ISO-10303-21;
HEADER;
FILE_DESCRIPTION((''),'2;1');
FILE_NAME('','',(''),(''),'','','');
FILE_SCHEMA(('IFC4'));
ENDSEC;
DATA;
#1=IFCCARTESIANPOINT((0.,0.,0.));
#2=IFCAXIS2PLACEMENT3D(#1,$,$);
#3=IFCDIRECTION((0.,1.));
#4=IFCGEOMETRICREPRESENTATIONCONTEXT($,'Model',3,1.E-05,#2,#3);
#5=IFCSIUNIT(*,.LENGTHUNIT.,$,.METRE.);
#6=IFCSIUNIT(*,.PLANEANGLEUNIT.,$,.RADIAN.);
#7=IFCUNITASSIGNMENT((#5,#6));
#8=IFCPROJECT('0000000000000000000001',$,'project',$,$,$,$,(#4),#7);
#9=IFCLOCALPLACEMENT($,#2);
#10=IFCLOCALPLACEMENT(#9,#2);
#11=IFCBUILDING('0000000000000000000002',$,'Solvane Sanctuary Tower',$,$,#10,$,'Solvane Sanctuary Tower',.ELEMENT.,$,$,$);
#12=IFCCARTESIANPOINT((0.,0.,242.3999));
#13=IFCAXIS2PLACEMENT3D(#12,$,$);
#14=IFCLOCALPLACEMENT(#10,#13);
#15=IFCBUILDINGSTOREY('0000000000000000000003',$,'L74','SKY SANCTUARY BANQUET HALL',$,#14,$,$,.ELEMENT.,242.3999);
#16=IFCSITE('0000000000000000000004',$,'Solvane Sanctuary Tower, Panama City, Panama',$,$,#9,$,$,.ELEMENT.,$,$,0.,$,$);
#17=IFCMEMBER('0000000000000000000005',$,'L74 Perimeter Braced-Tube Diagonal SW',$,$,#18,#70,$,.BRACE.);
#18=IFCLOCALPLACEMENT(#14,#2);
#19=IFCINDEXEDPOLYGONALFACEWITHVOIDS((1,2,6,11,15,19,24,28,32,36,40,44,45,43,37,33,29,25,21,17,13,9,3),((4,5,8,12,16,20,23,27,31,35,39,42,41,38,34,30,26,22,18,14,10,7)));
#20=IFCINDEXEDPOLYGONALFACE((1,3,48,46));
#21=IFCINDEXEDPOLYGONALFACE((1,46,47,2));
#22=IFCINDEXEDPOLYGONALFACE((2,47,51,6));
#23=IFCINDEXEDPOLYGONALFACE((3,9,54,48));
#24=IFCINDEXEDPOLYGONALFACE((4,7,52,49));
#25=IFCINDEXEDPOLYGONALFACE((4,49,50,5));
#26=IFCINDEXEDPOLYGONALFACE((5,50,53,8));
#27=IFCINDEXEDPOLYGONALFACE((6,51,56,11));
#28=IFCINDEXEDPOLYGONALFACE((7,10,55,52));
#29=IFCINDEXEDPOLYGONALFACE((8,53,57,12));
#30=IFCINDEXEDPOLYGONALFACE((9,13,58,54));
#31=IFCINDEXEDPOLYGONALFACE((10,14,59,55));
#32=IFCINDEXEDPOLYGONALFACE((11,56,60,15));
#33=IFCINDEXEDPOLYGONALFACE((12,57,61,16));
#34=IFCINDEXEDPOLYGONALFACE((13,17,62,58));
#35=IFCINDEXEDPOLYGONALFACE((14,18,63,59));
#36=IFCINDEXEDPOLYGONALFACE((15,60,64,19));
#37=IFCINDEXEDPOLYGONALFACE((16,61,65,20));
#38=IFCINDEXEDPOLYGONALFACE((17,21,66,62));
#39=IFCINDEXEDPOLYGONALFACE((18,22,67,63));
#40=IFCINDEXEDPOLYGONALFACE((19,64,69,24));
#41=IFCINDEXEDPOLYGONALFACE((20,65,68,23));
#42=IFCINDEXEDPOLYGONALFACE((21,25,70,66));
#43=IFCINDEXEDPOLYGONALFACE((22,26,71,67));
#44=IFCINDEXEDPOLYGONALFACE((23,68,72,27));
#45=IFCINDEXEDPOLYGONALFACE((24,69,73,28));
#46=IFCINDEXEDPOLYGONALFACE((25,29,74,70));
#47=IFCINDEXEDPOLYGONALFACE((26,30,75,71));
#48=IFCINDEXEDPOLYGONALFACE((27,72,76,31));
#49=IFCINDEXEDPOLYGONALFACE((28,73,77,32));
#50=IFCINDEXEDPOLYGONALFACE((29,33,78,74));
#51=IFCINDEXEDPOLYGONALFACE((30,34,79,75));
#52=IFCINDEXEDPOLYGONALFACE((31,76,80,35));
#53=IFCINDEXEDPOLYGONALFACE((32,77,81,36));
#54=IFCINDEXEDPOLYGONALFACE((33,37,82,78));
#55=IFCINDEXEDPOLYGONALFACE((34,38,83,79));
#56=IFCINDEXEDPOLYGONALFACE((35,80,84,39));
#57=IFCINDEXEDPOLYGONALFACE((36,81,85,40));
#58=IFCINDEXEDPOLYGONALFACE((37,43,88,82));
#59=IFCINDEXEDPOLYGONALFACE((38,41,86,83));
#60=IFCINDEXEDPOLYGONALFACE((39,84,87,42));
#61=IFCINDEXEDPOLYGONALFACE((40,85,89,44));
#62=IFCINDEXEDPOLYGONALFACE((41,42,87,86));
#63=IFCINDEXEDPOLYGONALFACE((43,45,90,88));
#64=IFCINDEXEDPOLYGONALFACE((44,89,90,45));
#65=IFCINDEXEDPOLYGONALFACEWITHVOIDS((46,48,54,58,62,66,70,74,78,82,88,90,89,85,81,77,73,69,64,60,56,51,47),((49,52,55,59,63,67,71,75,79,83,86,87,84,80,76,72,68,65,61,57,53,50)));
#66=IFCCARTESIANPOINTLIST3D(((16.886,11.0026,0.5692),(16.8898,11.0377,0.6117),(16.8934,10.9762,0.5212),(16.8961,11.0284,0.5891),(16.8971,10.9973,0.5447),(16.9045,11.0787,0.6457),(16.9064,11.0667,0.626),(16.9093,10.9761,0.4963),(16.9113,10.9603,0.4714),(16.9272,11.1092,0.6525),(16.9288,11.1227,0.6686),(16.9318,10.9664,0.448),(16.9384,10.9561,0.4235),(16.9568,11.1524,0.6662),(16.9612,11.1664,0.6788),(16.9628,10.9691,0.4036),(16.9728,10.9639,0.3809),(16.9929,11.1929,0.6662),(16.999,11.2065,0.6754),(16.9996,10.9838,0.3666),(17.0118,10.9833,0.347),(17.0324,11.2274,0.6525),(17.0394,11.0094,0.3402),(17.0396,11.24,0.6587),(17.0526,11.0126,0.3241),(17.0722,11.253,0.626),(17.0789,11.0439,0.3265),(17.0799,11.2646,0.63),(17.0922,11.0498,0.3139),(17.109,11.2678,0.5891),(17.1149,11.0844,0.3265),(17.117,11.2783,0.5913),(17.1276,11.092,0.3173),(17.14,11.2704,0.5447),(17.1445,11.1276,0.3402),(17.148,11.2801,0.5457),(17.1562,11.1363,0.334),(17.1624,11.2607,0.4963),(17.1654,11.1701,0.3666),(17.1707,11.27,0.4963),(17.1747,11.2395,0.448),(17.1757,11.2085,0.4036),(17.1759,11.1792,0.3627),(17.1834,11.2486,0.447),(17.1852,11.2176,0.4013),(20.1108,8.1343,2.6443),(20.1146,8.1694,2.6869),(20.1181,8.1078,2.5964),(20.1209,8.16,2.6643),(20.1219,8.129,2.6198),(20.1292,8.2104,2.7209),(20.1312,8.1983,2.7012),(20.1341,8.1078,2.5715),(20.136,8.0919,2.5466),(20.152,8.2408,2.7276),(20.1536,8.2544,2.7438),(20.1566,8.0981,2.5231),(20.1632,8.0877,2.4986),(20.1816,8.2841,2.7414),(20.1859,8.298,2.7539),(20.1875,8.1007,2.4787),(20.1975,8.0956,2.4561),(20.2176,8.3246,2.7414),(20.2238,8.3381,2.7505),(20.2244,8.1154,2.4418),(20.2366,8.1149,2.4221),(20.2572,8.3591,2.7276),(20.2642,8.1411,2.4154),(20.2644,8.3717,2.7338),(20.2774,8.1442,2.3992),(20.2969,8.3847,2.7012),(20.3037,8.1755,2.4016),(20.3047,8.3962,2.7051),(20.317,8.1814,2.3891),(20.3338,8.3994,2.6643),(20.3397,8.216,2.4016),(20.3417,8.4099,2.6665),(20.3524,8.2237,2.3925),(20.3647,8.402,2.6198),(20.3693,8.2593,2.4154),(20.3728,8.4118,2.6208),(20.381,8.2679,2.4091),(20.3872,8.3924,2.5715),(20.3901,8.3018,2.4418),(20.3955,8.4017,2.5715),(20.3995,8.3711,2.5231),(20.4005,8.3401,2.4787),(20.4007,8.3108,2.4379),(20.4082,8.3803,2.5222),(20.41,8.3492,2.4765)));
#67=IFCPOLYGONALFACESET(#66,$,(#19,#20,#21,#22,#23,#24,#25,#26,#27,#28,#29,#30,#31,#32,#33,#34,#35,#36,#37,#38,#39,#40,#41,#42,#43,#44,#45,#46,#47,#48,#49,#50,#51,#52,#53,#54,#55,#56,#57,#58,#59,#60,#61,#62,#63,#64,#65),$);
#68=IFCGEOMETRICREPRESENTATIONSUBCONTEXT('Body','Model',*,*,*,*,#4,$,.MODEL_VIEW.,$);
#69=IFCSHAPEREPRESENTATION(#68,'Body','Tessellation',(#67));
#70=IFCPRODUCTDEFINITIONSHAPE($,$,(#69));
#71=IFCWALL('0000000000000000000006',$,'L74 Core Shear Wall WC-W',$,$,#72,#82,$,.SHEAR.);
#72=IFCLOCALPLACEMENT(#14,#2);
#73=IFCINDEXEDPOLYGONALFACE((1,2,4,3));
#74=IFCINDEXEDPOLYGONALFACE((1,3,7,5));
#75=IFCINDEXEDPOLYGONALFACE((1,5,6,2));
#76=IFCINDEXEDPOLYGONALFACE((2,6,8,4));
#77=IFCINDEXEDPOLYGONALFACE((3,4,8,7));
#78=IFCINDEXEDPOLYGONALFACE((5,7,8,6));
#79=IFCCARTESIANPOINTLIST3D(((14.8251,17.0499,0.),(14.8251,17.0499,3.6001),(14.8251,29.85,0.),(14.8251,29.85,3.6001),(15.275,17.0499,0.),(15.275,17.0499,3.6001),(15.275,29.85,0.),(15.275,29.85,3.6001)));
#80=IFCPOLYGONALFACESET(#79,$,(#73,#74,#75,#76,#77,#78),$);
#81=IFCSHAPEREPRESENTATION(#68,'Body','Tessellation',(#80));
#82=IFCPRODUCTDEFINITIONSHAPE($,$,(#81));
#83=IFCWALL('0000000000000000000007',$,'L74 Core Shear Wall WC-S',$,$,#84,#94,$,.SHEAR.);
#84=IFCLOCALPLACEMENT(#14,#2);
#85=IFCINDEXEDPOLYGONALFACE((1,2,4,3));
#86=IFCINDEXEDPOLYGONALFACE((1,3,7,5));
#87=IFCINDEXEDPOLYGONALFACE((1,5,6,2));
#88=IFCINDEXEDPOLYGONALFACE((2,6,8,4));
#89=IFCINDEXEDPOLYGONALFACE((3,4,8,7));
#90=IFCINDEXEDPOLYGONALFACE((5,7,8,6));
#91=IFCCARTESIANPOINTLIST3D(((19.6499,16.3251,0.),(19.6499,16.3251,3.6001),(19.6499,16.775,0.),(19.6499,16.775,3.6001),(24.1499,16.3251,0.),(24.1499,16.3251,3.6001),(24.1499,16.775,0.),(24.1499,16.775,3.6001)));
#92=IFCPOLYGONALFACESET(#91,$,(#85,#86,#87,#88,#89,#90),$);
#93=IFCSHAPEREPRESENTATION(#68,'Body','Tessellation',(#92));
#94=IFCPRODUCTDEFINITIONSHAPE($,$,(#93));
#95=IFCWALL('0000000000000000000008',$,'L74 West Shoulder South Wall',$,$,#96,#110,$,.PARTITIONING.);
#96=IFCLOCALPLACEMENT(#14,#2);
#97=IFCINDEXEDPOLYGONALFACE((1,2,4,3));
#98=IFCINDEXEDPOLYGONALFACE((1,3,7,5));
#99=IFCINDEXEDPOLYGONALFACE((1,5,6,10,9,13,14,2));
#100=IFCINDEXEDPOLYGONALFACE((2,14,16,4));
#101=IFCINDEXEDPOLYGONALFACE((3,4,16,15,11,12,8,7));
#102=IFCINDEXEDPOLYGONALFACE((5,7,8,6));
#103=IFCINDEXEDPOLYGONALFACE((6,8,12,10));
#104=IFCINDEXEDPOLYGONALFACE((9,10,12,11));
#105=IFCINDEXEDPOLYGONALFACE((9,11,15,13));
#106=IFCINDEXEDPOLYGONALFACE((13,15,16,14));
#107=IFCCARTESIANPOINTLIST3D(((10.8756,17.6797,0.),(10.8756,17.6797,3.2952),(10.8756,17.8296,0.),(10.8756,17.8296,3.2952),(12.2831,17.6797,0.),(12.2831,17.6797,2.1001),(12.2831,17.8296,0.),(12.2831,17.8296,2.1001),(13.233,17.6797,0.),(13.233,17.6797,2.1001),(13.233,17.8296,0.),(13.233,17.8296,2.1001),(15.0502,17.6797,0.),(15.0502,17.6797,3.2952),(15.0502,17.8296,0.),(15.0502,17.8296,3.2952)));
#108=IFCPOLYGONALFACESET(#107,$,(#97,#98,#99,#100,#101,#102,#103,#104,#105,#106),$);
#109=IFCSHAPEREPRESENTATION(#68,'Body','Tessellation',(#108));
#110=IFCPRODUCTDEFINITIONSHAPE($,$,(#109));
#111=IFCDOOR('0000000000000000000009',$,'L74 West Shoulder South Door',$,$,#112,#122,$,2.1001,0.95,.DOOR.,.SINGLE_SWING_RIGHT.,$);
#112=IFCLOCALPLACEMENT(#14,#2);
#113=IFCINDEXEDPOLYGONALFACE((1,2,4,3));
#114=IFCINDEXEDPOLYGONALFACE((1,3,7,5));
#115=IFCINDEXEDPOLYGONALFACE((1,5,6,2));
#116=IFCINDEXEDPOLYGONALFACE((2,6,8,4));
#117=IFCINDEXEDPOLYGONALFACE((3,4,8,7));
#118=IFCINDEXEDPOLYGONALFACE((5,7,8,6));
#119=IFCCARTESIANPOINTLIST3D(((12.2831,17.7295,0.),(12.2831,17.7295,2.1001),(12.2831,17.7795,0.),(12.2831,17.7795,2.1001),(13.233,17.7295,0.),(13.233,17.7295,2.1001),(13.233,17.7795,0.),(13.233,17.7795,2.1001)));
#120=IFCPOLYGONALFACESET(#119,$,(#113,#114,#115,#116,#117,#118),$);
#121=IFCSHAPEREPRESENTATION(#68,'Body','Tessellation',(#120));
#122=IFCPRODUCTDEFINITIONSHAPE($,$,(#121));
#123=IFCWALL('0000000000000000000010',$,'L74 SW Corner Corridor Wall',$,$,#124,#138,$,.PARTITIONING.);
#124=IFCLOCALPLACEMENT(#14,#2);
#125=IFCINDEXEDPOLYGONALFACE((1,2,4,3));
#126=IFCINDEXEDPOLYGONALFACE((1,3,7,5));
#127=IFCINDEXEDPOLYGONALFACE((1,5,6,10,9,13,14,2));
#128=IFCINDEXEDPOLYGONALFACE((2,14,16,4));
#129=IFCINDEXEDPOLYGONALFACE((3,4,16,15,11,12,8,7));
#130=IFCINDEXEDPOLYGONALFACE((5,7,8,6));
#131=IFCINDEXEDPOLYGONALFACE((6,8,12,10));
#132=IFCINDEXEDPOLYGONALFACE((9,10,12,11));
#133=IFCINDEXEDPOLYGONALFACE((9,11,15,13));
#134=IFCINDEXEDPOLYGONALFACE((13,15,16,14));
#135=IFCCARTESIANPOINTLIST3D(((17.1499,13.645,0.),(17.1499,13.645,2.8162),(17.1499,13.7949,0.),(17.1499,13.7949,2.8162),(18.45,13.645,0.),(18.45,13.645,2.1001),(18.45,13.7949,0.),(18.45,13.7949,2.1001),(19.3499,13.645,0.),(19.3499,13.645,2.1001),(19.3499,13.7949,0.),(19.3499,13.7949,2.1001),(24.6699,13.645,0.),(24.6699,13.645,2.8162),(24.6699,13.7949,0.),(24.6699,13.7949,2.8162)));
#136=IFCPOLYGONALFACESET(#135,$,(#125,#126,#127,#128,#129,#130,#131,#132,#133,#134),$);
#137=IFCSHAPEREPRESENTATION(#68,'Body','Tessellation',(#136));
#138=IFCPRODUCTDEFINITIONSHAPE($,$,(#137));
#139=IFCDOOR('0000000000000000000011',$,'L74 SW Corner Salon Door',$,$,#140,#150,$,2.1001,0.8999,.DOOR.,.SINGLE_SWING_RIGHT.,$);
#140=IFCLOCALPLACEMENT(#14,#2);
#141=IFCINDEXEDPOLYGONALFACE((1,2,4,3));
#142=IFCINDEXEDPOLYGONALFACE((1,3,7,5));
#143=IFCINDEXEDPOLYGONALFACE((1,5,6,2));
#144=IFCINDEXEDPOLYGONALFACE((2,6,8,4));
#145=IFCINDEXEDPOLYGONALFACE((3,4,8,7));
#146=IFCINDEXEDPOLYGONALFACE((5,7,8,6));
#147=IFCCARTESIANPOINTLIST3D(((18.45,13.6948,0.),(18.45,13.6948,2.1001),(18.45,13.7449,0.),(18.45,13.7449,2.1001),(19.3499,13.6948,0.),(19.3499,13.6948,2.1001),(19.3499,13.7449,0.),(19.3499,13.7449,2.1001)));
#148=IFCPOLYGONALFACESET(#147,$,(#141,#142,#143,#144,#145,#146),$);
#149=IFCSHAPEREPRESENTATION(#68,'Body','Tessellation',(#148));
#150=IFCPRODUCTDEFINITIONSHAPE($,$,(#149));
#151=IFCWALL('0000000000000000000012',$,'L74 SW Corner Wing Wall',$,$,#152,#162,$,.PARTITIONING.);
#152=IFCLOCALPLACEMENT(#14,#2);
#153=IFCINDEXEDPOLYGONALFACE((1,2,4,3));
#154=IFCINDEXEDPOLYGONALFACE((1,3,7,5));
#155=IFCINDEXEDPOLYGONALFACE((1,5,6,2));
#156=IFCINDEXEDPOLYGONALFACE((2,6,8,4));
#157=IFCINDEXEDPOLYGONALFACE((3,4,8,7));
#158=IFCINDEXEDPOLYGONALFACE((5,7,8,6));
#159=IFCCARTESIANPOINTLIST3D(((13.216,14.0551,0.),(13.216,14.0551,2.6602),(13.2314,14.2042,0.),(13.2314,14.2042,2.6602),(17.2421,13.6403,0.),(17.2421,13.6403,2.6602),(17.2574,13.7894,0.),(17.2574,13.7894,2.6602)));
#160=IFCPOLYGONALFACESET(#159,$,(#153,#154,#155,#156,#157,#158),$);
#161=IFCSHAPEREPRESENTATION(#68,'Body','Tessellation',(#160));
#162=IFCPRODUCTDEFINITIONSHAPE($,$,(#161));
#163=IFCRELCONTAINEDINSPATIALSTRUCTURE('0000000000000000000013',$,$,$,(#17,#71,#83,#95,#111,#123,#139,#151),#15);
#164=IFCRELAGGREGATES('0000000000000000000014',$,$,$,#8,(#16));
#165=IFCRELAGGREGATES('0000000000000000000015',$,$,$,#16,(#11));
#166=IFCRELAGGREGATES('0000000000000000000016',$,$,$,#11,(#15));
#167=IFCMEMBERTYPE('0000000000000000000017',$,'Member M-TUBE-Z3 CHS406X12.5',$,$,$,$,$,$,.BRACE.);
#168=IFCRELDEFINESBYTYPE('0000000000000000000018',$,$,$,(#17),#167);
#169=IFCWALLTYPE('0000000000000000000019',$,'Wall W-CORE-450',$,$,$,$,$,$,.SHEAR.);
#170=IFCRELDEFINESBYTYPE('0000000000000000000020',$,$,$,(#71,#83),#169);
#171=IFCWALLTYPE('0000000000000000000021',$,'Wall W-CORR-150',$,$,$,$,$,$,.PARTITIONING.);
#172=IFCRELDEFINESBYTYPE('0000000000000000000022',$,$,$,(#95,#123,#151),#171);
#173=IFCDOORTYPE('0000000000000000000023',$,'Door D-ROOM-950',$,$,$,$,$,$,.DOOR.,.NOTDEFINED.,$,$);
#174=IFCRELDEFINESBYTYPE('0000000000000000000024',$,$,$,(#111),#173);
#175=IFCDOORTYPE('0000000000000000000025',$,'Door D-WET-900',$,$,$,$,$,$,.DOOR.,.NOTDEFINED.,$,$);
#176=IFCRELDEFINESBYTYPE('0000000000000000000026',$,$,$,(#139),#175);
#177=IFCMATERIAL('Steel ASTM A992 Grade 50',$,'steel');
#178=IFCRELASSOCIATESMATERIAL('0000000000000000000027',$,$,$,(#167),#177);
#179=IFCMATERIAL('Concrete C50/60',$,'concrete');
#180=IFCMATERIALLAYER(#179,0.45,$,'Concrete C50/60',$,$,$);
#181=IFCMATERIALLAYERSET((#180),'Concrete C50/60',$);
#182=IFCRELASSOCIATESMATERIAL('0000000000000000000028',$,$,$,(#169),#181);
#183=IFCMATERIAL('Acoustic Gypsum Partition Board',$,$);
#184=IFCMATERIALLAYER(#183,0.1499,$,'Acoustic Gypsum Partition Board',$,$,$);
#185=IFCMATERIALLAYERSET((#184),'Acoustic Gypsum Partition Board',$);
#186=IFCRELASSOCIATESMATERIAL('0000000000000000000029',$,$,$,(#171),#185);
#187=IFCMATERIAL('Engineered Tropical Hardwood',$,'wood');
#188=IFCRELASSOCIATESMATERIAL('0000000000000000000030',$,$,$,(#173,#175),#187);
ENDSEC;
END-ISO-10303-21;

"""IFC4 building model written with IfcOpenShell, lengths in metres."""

from ifc_helpers import new_model, si_unit, direction, frame, frame_2d, origin, origin_2d, place, context, subcontext, project, spatial, rectangle, hollow_circle, extrude, material, layer, layer_set, material_profile, profile_set, type_object, element, fill, save


model = new_model("IFC4")

# Units and contexts
model_context = context("Model", 3, precision=1e-05, world=origin(), true_north=direction((0.0, 1.0)))
body_context = subcontext(model_context, "Body", "Model", "MODEL_VIEW")
ifc_project = project(units=[si_unit("LENGTHUNIT", "METRE"), si_unit("PLANEANGLEUNIT", "RADIAN")], contexts=[model_context])

# Site, building, storey
site_placement = place(None, origin())
site = spatial("IfcSite", under=ifc_project, at=site_placement, Name="Solvane Sanctuary Tower, Panama City, Panama", CompositionType="ELEMENT", RefElevation=0.0)
building_placement = place(site_placement, origin())
building = spatial("IfcBuilding", under=site, at=building_placement, Name="Solvane Sanctuary Tower", LongName="Solvane Sanctuary Tower", CompositionType="ELEMENT")
storey_placement = place(building_placement, frame((0.0, 0.0, 242.3999)))
storey = spatial("IfcBuildingStorey", under=building, at=storey_placement, Name="L74", Description="SKY SANCTUARY BANQUET HALL", CompositionType="ELEMENT", Elevation=242.3999)

# Shared definitions
ifc_material_1 = material(Name="Steel ASTM A992 Grade 50", Category="steel")

# Member
ifc_material_profile_1 = material_profile(ifc_material_1, hollow_circle(Radius=0.2029, WallThickness=0.0125, at=origin_2d()), Name="CHS406X12.5")
ifc_profile_set_1 = profile_set([ifc_material_profile_1], Name="Steel ASTM A992 Grade 50")
member_type = type_object("IfcMemberType", Name="Member M-TUBE-Z3 CHS406X12.5", PredefinedType="BRACE", material=ifc_profile_set_1)
member_placement = place(storey_placement, frame((17.0359, 11.1184, 0.4963), z_axis=(0.673397, -0.598966, 0.433331), x_axis=(0.664606, 0.747194, 0.0)))
element("IfcMember", 1, at=member_placement, inside=storey, type_object=member_type, Name="L74 Perimeter Braced-Tube Diagonal SW", PredefinedType="BRACE", context=body_context, shape_type="SweptSolid", body=[
    extrude(hollow_circle(Radius=0.2029, WallThickness=0.0125, at=origin_2d()), origin(), (0.0, 0.0, 1.0), 4.7888),
])

# Walls
ifc_material_2 = material(Name="Concrete C50/60", Category="concrete")
ifc_layer_1 = layer(ifc_material_2, 0.45, Name="Concrete C50/60")
ifc_layer_set_1 = layer_set([ifc_layer_1], Name="Concrete C50/60")
wall_type_1 = type_object("IfcWallType", Name="Wall W-CORE-450", PredefinedType="SHEAR", material=ifc_layer_set_1)
wall_1_placement = place(storey_placement, frame((15.05, 17.05, 0.0), z_axis=(0.0, 0.0, 1.0), x_axis=(0.0, 1.0, 0.0)))
element("IfcWall", 2, at=wall_1_placement, inside=storey, type_object=wall_type_1, Name="L74 Core Shear Wall WC-W", PredefinedType="SHEAR", context=body_context, shape_type="SweptSolid", body=[
    extrude(rectangle(XDim=12.8, YDim=0.45, at=frame_2d((6.3999, 0.0))), origin(), (0.0, 0.0, 1.0), 3.6001),
])
wall_2_placement = place(storey_placement, frame((19.6499, 16.55, 0.0), z_axis=(0.0, 0.0, 1.0), x_axis=(1.0, 0.0, 0.0)))
element("IfcWall", 3, at=wall_2_placement, inside=storey, type_object=wall_type_1, Name="L74 Core Shear Wall WC-S", PredefinedType="SHEAR", context=body_context, shape_type="SweptSolid", body=[
    extrude(rectangle(XDim=4.5, YDim=0.45, at=frame_2d((2.25, 0.0))), origin(), (0.0, 0.0, 1.0), 3.6001),
])

# Walls, openings, doors
ifc_material_3 = material(Name="Acoustic Gypsum Partition Board")
ifc_layer_2 = layer(ifc_material_3, 0.1499, Name="Acoustic Gypsum Partition Board")
ifc_layer_set_2 = layer_set([ifc_layer_2], Name="Acoustic Gypsum Partition Board")
wall_type_2 = type_object("IfcWallType", Name="Wall W-CORR-150", PredefinedType="PARTITIONING", material=ifc_layer_set_2)
wall_3_placement = place(storey_placement, frame((10.8755, 17.7546, 0.0), z_axis=(0.0, 0.0, 1.0), x_axis=(1.0, 0.0, 0.0)))
wall_3 = element("IfcWall", 4, at=wall_3_placement, inside=storey, type_object=wall_type_2, Name="L74 West Shoulder South Wall", PredefinedType="PARTITIONING", context=body_context, shape_type="SweptSolid", body=[
    extrude(rectangle(XDim=4.1746, YDim=0.1499, at=frame_2d((2.0874, 0.0))), origin(), (0.0, 0.0, 1.0), 3.2952),
])
opening_1_placement = place(wall_3_placement, frame((1.4075, 0.0, 0.0)))
opening_1 = element("IfcOpeningElement", 5, at=opening_1_placement, cuts=wall_3, PredefinedType="OPENING", context=body_context, shape_type="SweptSolid", body=[
    extrude(rectangle(XDim=0.95, YDim=2.1001, at=frame_2d((0.4751, 1.05))), frame((0.0, 0.085, 0.0), z_axis=(0.0, -1.0, 0.0), x_axis=(1.0, 0.0, 0.0)), (0.0, 0.0, 1.0), 0.1699),
])
ifc_material_4 = material(Name="Engineered Tropical Hardwood", Category="wood")
door_type_1 = type_object("IfcDoorType", Name="Door D-ROOM-950", OperationType="NOTDEFINED", PredefinedType="DOOR", material=ifc_material_4)
door_1_placement = place(opening_1_placement, origin())
door_1 = element("IfcDoor", 6, at=door_1_placement, inside=storey, type_object=door_type_1, Name="L74 West Shoulder South Door", OperationType="SINGLE_SWING_RIGHT", OverallHeight=2.1001, OverallWidth=0.95, PredefinedType="DOOR", context=body_context, shape_type="SweptSolid", body=[
    extrude(rectangle(XDim=0.95, YDim=2.1001, at=frame_2d((0.4751, 1.05))), frame((0.0, 0.0249, 0.0), z_axis=(0.0, -1.0, 0.0), x_axis=(1.0, 0.0, 0.0)), (0.0, 0.0, 1.0), 0.05),
])
fill(opening_1, door_1)
wall_4_placement = place(storey_placement, frame((17.1499, 13.72, 0.0), z_axis=(0.0, 0.0, 1.0), x_axis=(1.0, 0.0, 0.0)))
wall_4 = element("IfcWall", 7, at=wall_4_placement, inside=storey, type_object=wall_type_2, Name="L74 SW Corner Corridor Wall", PredefinedType="PARTITIONING", context=body_context, shape_type="SweptSolid", body=[
    extrude(rectangle(XDim=7.52, YDim=0.1499, at=frame_2d((3.76, 0.0))), origin(), (0.0, 0.0, 1.0), 2.8162),
])
opening_2_placement = place(wall_4_placement, frame((1.3, 0.0, 0.0)))
opening_2 = element("IfcOpeningElement", 8, at=opening_2_placement, cuts=wall_4, PredefinedType="OPENING", context=body_context, shape_type="SweptSolid", body=[
    extrude(rectangle(XDim=0.8999, YDim=2.1001, at=frame_2d((0.45, 1.05))), frame((0.0, 0.085, 0.0), z_axis=(0.0, -1.0, 0.0), x_axis=(1.0, 0.0, 0.0)), (0.0, 0.0, 1.0), 0.1699),
])
door_type_2 = type_object("IfcDoorType", Name="Door D-WET-900", OperationType="NOTDEFINED", PredefinedType="DOOR", material=ifc_material_4)
door_2_placement = place(opening_2_placement, origin())
door_2 = element("IfcDoor", 9, at=door_2_placement, inside=storey, type_object=door_type_2, Name="L74 SW Corner Salon Door", OperationType="SINGLE_SWING_RIGHT", OverallHeight=2.1001, OverallWidth=0.8999, PredefinedType="DOOR", context=body_context, shape_type="SweptSolid", body=[
    extrude(rectangle(XDim=0.8999, YDim=2.1001, at=frame_2d((0.45, 1.05))), frame((0.0, 0.0249, 0.0), z_axis=(0.0, -1.0, 0.0), x_axis=(1.0, 0.0, 0.0)), (0.0, 0.0, 1.0), 0.05),
])
fill(opening_2, door_2)

# Wall
wall_5_placement = place(storey_placement, frame((17.2498, 13.7148, 0.0), z_axis=(0.0, 0.0, 1.0), x_axis=(-0.994735, 0.102483, 0.0)))
element("IfcWall", 10, at=wall_5_placement, inside=storey, type_object=wall_type_2, Name="L74 SW Corner Wing Wall", PredefinedType="PARTITIONING", context=body_context, shape_type="SweptSolid", body=[
    extrude(rectangle(XDim=4.0474, YDim=0.1499, at=frame_2d((2.0237, 0.0))), origin(), (0.0, 0.0, 1.0), 2.6602),
])

save(model, "model.ifc")
